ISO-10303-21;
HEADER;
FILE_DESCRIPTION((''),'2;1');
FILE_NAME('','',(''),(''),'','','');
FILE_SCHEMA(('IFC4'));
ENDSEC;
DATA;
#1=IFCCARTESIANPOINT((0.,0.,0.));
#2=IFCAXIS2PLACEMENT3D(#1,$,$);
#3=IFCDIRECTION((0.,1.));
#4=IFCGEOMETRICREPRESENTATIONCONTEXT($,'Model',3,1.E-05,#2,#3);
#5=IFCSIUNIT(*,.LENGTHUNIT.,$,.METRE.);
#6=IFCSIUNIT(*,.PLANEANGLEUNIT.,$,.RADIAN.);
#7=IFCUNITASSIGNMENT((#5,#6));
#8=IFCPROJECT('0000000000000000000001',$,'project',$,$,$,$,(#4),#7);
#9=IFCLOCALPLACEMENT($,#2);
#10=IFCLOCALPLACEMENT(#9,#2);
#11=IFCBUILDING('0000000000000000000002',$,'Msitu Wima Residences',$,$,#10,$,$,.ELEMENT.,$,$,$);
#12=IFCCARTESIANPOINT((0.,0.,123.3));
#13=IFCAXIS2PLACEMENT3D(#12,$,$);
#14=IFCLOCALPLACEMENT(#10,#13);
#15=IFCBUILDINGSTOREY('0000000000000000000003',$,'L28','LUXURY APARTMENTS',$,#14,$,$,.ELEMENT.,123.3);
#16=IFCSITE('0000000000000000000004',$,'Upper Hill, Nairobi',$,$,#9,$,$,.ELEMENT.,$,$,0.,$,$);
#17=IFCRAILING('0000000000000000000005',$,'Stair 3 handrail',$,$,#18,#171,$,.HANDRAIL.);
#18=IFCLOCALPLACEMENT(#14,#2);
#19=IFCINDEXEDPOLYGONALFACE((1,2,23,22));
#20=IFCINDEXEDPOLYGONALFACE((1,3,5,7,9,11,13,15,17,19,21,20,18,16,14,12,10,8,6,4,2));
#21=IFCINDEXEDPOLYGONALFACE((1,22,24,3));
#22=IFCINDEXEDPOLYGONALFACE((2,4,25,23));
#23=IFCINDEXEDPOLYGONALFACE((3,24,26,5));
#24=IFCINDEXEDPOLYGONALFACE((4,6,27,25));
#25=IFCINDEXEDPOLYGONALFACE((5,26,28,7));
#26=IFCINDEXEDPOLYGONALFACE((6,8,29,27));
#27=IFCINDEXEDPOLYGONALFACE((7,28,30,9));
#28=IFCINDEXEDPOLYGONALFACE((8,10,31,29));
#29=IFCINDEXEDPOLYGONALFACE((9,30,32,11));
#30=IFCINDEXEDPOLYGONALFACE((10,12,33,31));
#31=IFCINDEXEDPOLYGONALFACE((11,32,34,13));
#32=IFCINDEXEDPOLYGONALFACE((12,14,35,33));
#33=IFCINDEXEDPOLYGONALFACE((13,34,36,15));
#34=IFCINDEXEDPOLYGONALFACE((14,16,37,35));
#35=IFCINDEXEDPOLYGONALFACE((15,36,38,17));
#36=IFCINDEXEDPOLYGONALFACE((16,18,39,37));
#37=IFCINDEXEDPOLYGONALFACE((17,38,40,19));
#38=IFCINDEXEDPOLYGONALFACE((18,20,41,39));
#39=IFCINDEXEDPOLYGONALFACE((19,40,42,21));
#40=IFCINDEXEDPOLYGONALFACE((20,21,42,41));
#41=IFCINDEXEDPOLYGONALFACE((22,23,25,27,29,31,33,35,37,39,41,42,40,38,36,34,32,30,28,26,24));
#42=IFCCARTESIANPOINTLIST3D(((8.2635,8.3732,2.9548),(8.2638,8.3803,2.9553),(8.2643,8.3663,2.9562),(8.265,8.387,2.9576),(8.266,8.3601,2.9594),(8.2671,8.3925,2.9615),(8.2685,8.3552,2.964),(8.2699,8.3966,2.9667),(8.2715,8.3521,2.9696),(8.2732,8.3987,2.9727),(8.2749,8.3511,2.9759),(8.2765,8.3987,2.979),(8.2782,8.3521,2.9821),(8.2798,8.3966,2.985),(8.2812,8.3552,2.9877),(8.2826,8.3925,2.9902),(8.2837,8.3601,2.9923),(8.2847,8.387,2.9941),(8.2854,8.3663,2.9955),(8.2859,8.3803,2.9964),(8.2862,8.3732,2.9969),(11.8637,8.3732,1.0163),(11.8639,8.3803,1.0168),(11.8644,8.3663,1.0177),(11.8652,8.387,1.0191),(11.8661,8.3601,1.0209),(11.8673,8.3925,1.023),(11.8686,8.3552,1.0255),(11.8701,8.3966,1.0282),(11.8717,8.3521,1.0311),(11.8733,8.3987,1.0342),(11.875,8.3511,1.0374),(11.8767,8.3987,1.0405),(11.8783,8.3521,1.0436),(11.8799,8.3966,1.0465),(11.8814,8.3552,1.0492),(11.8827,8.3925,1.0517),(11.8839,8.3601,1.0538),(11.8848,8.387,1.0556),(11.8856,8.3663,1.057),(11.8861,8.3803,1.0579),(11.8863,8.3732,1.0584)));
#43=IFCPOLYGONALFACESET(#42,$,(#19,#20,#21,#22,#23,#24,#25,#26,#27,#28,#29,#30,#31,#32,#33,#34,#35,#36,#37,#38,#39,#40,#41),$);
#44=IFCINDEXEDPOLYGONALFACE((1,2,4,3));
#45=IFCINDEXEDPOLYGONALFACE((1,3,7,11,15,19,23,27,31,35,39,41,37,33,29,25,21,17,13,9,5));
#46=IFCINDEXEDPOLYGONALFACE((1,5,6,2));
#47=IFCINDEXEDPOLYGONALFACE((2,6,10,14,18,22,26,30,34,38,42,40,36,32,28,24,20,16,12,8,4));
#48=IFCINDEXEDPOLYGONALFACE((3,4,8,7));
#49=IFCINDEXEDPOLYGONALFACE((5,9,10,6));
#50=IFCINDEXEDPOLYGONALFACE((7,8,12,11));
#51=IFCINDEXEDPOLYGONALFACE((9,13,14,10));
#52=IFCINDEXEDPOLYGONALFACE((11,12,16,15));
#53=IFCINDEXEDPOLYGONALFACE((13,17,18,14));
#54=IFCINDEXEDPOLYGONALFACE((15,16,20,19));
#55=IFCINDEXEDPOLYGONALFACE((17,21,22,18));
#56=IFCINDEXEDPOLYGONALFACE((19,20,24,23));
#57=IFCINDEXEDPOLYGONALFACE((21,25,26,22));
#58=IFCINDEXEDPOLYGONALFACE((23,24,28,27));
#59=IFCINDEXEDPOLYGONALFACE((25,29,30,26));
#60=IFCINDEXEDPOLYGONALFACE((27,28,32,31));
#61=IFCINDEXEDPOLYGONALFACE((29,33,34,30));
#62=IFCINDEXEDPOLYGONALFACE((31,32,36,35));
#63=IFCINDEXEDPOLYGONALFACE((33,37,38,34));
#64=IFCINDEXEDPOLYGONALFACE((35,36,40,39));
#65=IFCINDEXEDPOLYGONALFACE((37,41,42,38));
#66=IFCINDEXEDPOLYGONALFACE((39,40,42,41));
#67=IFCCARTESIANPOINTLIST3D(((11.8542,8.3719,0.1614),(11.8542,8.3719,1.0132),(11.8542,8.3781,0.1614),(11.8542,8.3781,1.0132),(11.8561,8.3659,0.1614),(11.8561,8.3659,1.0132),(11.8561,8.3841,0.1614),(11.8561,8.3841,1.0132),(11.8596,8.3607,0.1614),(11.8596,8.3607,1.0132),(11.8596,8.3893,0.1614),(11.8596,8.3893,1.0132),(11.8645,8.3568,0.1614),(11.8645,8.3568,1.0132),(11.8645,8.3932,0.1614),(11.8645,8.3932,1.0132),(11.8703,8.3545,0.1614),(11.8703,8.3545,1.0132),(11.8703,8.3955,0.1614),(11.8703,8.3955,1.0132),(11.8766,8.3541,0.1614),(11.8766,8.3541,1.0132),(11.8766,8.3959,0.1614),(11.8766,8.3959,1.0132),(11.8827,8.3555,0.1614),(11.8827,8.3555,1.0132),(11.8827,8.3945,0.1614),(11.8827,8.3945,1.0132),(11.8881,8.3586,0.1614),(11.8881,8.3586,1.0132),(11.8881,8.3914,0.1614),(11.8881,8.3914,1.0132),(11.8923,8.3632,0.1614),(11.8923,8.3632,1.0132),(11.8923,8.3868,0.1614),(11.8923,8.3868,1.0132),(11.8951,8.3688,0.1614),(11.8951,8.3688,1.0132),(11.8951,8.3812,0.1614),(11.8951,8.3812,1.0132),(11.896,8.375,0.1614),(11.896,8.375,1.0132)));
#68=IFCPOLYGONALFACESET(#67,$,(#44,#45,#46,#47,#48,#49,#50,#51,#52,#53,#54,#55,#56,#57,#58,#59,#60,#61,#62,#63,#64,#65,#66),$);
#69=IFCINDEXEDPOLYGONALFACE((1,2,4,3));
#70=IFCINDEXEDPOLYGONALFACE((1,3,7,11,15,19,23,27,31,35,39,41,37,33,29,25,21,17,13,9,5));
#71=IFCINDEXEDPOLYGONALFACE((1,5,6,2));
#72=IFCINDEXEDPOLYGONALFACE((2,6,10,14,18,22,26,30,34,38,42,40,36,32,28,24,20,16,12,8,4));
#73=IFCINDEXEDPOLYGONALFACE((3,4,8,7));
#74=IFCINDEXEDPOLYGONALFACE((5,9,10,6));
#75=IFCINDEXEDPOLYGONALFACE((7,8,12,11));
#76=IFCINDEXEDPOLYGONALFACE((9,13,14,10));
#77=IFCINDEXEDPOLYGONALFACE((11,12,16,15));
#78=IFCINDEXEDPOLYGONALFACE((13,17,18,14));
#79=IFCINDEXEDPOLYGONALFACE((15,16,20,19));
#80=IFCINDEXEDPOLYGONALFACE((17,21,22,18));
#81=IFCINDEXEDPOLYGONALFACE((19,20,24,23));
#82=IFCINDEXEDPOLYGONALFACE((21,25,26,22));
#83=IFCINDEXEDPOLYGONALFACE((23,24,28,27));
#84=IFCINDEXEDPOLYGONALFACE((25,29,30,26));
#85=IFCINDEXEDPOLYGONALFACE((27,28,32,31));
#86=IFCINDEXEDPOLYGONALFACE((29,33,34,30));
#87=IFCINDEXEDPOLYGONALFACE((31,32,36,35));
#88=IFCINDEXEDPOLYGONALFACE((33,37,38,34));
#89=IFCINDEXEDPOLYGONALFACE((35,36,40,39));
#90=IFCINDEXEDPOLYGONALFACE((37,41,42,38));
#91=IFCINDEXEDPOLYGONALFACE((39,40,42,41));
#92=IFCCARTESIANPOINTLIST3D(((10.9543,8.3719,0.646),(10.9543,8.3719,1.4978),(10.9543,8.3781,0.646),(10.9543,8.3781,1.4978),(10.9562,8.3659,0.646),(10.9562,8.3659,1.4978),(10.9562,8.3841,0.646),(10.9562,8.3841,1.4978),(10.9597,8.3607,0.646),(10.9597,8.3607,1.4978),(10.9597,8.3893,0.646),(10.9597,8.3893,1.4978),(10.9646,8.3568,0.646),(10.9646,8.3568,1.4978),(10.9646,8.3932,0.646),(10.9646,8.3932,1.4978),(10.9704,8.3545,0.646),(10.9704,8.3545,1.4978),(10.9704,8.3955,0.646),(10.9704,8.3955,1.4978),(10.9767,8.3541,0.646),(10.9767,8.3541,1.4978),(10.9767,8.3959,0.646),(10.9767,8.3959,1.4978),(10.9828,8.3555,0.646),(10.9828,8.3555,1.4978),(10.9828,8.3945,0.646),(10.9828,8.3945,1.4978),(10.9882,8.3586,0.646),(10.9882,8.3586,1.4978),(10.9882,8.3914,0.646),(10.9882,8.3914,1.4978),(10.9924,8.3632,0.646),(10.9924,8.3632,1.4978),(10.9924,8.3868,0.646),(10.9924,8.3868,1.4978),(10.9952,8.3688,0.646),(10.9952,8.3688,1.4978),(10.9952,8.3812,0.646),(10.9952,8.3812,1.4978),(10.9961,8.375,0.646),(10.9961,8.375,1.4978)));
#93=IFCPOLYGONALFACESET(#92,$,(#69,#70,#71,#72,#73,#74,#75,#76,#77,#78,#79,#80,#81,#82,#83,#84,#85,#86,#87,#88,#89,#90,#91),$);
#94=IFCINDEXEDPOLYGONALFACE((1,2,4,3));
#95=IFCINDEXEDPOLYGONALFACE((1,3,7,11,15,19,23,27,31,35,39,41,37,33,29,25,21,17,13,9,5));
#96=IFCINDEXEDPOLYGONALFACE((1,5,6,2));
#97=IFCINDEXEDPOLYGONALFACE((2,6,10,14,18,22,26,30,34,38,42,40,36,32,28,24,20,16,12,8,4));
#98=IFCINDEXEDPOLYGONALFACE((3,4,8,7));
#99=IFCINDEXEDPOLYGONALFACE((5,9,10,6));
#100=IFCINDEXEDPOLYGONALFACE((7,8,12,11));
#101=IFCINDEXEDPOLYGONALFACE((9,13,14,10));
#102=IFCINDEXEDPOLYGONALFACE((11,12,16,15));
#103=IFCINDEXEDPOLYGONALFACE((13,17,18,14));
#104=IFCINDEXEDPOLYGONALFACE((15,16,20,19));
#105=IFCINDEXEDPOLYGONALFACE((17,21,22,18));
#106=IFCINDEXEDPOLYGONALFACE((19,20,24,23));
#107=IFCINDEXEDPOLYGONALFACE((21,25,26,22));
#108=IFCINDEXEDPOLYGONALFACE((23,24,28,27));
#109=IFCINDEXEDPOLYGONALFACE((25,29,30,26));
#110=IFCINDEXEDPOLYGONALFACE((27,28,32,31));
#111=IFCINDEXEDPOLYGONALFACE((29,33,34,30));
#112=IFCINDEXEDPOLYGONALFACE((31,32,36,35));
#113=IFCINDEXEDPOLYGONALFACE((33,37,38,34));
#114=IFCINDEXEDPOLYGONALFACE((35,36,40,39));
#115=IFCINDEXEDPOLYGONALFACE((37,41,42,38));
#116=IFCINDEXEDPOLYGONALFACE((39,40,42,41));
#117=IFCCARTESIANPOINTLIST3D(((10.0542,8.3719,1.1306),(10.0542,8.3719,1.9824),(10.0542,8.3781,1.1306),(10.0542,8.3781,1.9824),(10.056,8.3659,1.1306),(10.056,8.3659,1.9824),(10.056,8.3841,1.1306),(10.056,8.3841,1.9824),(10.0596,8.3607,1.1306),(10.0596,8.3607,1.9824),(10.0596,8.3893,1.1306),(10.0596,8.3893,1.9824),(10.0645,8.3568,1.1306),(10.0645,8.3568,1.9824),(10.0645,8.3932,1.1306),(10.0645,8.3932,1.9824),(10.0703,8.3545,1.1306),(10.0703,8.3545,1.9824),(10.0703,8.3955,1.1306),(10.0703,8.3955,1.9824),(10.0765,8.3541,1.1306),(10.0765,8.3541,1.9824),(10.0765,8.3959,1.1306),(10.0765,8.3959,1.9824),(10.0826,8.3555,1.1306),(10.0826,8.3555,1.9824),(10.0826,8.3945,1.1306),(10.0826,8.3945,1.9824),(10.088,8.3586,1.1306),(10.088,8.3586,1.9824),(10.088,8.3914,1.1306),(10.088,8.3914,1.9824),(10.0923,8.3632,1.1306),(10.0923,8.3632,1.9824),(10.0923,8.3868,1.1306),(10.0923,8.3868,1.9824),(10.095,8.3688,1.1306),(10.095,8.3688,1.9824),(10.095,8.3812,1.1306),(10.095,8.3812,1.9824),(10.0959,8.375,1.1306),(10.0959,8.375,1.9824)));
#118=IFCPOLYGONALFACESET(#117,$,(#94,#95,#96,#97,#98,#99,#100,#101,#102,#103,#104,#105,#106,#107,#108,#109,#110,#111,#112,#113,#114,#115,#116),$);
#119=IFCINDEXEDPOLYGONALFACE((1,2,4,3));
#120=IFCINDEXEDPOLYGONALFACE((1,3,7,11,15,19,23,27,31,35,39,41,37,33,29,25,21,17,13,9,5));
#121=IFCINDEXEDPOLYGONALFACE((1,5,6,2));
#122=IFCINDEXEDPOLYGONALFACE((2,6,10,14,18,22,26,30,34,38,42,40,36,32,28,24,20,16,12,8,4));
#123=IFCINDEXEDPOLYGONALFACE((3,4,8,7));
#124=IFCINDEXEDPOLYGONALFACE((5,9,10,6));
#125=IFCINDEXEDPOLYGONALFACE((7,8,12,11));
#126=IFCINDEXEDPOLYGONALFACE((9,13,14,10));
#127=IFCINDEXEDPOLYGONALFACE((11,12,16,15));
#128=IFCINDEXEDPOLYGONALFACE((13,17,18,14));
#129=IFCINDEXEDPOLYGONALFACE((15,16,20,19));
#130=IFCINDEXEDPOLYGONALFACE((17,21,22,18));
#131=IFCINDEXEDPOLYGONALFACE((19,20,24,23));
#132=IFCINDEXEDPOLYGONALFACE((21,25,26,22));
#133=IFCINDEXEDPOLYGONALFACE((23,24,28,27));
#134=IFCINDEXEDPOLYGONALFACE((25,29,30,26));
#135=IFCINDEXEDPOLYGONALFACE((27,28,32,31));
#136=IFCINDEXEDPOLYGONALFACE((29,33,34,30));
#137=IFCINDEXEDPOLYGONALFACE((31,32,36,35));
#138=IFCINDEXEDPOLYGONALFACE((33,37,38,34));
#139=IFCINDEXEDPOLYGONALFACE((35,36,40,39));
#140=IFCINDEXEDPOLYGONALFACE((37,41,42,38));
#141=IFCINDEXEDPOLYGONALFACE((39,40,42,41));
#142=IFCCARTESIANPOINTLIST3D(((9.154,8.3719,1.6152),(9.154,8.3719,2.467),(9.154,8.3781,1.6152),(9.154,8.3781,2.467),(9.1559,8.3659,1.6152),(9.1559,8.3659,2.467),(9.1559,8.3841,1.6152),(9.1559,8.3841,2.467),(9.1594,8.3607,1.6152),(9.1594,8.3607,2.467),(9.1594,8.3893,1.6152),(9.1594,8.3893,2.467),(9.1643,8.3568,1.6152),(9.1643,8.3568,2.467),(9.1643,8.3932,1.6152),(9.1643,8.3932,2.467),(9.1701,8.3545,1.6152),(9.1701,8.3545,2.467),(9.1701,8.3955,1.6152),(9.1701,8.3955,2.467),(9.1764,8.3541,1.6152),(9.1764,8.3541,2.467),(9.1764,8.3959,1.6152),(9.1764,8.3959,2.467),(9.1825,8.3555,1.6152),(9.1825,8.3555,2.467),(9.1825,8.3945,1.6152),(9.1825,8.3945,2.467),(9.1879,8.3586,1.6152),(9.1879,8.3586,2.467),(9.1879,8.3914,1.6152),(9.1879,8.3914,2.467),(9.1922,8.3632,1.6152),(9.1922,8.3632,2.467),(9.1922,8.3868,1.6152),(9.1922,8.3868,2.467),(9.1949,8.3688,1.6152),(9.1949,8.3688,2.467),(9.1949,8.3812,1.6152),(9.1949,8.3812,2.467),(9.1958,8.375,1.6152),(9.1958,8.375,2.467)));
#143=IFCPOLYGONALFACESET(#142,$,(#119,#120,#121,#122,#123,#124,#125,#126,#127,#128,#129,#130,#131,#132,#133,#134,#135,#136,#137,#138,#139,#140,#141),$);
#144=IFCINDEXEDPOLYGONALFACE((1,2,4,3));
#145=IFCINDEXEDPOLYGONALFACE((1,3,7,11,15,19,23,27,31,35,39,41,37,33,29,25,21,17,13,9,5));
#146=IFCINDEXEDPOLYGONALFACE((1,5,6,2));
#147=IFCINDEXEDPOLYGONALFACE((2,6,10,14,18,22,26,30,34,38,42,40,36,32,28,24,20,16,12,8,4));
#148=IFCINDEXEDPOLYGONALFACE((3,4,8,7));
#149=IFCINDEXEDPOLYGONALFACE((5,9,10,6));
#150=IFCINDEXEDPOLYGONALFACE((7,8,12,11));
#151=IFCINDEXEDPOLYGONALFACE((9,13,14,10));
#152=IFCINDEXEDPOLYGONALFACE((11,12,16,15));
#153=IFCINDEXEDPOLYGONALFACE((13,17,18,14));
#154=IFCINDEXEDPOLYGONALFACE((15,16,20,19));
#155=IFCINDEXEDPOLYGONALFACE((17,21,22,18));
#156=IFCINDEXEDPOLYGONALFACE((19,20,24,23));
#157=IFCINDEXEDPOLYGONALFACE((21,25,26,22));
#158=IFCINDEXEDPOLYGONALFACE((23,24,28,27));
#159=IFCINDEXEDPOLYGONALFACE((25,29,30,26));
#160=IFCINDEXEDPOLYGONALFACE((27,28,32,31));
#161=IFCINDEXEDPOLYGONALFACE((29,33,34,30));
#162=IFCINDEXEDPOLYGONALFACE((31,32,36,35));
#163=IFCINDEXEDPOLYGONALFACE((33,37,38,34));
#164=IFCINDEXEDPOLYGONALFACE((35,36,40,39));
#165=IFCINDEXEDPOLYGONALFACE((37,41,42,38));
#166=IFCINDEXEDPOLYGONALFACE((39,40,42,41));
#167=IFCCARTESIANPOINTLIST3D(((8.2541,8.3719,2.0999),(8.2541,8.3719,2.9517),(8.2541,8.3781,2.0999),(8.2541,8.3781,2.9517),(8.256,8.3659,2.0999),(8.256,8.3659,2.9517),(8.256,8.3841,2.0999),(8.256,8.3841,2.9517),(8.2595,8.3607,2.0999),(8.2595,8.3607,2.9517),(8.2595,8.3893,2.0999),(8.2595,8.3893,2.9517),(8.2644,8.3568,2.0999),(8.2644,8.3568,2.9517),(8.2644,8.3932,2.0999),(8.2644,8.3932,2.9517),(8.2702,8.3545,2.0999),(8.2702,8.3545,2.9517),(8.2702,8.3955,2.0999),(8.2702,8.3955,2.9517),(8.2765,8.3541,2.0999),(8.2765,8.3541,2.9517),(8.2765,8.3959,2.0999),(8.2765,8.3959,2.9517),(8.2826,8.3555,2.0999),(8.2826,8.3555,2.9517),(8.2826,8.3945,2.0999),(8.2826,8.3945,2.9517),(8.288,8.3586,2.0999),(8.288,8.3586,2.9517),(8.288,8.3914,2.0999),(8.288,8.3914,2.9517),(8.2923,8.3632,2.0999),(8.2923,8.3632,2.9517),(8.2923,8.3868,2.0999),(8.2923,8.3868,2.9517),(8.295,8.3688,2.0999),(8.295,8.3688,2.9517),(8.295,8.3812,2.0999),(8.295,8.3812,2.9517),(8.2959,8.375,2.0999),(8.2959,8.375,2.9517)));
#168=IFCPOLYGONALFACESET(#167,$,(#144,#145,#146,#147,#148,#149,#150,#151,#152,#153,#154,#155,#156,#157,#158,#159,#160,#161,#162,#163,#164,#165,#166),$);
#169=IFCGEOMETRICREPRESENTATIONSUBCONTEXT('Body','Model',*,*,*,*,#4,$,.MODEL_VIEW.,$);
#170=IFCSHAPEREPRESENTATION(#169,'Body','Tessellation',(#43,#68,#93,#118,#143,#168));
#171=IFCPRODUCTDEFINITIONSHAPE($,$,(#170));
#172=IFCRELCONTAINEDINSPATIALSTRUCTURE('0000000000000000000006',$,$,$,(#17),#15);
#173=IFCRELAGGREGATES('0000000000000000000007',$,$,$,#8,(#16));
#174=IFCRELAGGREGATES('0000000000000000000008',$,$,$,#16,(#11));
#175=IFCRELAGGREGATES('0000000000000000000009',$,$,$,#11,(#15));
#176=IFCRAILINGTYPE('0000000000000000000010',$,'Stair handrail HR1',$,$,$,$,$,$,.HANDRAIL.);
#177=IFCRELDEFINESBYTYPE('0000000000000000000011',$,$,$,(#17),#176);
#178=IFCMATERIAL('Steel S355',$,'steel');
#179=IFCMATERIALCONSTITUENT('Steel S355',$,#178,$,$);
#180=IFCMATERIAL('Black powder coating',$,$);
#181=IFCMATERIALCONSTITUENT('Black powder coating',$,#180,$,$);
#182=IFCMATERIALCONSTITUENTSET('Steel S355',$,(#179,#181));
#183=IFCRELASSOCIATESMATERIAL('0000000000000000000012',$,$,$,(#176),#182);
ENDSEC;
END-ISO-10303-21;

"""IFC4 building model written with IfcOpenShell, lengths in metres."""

from ifc_helpers import new_model, si_unit, direction, frame, origin, origin_2d, place, context, subcontext, project, spatial, circle, extrude, material, constituent, constituent_set, type_object, element, save


model = new_model("IFC4")

# Units and contexts
model_context = context("Model", 3, precision=1e-05, world=origin(), true_north=direction((0.0, 1.0)))
body_context = subcontext(model_context, "Body", "Model", "MODEL_VIEW")
ifc_project = project(units=[si_unit("LENGTHUNIT", "METRE"), si_unit("PLANEANGLEUNIT", "RADIAN")], contexts=[model_context])

# Site, building, storey
site_placement = place(None, origin())
site = spatial("IfcSite", under=ifc_project, at=site_placement, Name="Upper Hill, Nairobi", CompositionType="ELEMENT", RefElevation=0.0)
building_placement = place(site_placement, origin())
building = spatial("IfcBuilding", under=site, at=building_placement, Name="Msitu Wima Residences", CompositionType="ELEMENT")
storey_placement = place(building_placement, frame((0.0, 0.0, 123.3)))
storey = spatial("IfcBuildingStorey", under=building, at=storey_placement, Name="L28", Description="LUXURY APARTMENTS", CompositionType="ELEMENT", Elevation=123.3)

# Railing
ifc_material_1 = material(Name="Steel S355", Category="steel")
ifc_constituent_1 = constituent(ifc_material_1, Name="Steel S355")
ifc_material_2 = material(Name="Black powder coating")
ifc_constituent_2 = constituent(ifc_material_2, Name="Black powder coating")
ifc_constituent_set = constituent_set(constituents=[ifc_constituent_1, ifc_constituent_2], Name="Steel S355")
railing_type = type_object("IfcRailingType", Name="Stair handrail HR1", PredefinedType="HANDRAIL", material=ifc_constituent_set)
for number, where, name in (
    (1, (11.875, 8.375, 0.1614), "Stair 3 handrail"),
):
    element("IfcRailing", number, at=place(storey_placement, frame(where)), inside=storey, type_object=railing_type, Name=name, PredefinedType="HANDRAIL", context=body_context, shape_type="SweptSolid", body=[
        extrude(circle(Radius=0.0239, at=origin_2d()), frame((0.0, 0.0, 0.876), z_axis=(-0.880475, 0.0, 0.474093), x_axis=(0.0, -1.0, 0.0)), (0.0, 0.0, 1.0), 4.0889),
        extrude(circle(Radius=0.021, at=origin_2d()), origin(), (0.0, 0.0, 1.0), 0.8518),
        extrude(circle(Radius=0.021, at=origin_2d()), frame((-0.8999, 0.0, 0.4846)), (0.0, 0.0, 1.0), 0.8518),
        extrude(circle(Radius=0.021, at=origin_2d()), frame((-1.8, 0.0, 0.9692)), (0.0, 0.0, 1.0), 0.8518),
        extrude(circle(Radius=0.021, at=origin_2d()), frame((-2.7002, 0.0, 1.4539)), (0.0, 0.0, 1.0), 0.8518),
        extrude(circle(Radius=0.021, at=origin_2d()), frame((-3.6001, 0.0, 1.9385)), (0.0, 0.0, 1.0), 0.8518),
    ])

save(model, "model.ifc")
